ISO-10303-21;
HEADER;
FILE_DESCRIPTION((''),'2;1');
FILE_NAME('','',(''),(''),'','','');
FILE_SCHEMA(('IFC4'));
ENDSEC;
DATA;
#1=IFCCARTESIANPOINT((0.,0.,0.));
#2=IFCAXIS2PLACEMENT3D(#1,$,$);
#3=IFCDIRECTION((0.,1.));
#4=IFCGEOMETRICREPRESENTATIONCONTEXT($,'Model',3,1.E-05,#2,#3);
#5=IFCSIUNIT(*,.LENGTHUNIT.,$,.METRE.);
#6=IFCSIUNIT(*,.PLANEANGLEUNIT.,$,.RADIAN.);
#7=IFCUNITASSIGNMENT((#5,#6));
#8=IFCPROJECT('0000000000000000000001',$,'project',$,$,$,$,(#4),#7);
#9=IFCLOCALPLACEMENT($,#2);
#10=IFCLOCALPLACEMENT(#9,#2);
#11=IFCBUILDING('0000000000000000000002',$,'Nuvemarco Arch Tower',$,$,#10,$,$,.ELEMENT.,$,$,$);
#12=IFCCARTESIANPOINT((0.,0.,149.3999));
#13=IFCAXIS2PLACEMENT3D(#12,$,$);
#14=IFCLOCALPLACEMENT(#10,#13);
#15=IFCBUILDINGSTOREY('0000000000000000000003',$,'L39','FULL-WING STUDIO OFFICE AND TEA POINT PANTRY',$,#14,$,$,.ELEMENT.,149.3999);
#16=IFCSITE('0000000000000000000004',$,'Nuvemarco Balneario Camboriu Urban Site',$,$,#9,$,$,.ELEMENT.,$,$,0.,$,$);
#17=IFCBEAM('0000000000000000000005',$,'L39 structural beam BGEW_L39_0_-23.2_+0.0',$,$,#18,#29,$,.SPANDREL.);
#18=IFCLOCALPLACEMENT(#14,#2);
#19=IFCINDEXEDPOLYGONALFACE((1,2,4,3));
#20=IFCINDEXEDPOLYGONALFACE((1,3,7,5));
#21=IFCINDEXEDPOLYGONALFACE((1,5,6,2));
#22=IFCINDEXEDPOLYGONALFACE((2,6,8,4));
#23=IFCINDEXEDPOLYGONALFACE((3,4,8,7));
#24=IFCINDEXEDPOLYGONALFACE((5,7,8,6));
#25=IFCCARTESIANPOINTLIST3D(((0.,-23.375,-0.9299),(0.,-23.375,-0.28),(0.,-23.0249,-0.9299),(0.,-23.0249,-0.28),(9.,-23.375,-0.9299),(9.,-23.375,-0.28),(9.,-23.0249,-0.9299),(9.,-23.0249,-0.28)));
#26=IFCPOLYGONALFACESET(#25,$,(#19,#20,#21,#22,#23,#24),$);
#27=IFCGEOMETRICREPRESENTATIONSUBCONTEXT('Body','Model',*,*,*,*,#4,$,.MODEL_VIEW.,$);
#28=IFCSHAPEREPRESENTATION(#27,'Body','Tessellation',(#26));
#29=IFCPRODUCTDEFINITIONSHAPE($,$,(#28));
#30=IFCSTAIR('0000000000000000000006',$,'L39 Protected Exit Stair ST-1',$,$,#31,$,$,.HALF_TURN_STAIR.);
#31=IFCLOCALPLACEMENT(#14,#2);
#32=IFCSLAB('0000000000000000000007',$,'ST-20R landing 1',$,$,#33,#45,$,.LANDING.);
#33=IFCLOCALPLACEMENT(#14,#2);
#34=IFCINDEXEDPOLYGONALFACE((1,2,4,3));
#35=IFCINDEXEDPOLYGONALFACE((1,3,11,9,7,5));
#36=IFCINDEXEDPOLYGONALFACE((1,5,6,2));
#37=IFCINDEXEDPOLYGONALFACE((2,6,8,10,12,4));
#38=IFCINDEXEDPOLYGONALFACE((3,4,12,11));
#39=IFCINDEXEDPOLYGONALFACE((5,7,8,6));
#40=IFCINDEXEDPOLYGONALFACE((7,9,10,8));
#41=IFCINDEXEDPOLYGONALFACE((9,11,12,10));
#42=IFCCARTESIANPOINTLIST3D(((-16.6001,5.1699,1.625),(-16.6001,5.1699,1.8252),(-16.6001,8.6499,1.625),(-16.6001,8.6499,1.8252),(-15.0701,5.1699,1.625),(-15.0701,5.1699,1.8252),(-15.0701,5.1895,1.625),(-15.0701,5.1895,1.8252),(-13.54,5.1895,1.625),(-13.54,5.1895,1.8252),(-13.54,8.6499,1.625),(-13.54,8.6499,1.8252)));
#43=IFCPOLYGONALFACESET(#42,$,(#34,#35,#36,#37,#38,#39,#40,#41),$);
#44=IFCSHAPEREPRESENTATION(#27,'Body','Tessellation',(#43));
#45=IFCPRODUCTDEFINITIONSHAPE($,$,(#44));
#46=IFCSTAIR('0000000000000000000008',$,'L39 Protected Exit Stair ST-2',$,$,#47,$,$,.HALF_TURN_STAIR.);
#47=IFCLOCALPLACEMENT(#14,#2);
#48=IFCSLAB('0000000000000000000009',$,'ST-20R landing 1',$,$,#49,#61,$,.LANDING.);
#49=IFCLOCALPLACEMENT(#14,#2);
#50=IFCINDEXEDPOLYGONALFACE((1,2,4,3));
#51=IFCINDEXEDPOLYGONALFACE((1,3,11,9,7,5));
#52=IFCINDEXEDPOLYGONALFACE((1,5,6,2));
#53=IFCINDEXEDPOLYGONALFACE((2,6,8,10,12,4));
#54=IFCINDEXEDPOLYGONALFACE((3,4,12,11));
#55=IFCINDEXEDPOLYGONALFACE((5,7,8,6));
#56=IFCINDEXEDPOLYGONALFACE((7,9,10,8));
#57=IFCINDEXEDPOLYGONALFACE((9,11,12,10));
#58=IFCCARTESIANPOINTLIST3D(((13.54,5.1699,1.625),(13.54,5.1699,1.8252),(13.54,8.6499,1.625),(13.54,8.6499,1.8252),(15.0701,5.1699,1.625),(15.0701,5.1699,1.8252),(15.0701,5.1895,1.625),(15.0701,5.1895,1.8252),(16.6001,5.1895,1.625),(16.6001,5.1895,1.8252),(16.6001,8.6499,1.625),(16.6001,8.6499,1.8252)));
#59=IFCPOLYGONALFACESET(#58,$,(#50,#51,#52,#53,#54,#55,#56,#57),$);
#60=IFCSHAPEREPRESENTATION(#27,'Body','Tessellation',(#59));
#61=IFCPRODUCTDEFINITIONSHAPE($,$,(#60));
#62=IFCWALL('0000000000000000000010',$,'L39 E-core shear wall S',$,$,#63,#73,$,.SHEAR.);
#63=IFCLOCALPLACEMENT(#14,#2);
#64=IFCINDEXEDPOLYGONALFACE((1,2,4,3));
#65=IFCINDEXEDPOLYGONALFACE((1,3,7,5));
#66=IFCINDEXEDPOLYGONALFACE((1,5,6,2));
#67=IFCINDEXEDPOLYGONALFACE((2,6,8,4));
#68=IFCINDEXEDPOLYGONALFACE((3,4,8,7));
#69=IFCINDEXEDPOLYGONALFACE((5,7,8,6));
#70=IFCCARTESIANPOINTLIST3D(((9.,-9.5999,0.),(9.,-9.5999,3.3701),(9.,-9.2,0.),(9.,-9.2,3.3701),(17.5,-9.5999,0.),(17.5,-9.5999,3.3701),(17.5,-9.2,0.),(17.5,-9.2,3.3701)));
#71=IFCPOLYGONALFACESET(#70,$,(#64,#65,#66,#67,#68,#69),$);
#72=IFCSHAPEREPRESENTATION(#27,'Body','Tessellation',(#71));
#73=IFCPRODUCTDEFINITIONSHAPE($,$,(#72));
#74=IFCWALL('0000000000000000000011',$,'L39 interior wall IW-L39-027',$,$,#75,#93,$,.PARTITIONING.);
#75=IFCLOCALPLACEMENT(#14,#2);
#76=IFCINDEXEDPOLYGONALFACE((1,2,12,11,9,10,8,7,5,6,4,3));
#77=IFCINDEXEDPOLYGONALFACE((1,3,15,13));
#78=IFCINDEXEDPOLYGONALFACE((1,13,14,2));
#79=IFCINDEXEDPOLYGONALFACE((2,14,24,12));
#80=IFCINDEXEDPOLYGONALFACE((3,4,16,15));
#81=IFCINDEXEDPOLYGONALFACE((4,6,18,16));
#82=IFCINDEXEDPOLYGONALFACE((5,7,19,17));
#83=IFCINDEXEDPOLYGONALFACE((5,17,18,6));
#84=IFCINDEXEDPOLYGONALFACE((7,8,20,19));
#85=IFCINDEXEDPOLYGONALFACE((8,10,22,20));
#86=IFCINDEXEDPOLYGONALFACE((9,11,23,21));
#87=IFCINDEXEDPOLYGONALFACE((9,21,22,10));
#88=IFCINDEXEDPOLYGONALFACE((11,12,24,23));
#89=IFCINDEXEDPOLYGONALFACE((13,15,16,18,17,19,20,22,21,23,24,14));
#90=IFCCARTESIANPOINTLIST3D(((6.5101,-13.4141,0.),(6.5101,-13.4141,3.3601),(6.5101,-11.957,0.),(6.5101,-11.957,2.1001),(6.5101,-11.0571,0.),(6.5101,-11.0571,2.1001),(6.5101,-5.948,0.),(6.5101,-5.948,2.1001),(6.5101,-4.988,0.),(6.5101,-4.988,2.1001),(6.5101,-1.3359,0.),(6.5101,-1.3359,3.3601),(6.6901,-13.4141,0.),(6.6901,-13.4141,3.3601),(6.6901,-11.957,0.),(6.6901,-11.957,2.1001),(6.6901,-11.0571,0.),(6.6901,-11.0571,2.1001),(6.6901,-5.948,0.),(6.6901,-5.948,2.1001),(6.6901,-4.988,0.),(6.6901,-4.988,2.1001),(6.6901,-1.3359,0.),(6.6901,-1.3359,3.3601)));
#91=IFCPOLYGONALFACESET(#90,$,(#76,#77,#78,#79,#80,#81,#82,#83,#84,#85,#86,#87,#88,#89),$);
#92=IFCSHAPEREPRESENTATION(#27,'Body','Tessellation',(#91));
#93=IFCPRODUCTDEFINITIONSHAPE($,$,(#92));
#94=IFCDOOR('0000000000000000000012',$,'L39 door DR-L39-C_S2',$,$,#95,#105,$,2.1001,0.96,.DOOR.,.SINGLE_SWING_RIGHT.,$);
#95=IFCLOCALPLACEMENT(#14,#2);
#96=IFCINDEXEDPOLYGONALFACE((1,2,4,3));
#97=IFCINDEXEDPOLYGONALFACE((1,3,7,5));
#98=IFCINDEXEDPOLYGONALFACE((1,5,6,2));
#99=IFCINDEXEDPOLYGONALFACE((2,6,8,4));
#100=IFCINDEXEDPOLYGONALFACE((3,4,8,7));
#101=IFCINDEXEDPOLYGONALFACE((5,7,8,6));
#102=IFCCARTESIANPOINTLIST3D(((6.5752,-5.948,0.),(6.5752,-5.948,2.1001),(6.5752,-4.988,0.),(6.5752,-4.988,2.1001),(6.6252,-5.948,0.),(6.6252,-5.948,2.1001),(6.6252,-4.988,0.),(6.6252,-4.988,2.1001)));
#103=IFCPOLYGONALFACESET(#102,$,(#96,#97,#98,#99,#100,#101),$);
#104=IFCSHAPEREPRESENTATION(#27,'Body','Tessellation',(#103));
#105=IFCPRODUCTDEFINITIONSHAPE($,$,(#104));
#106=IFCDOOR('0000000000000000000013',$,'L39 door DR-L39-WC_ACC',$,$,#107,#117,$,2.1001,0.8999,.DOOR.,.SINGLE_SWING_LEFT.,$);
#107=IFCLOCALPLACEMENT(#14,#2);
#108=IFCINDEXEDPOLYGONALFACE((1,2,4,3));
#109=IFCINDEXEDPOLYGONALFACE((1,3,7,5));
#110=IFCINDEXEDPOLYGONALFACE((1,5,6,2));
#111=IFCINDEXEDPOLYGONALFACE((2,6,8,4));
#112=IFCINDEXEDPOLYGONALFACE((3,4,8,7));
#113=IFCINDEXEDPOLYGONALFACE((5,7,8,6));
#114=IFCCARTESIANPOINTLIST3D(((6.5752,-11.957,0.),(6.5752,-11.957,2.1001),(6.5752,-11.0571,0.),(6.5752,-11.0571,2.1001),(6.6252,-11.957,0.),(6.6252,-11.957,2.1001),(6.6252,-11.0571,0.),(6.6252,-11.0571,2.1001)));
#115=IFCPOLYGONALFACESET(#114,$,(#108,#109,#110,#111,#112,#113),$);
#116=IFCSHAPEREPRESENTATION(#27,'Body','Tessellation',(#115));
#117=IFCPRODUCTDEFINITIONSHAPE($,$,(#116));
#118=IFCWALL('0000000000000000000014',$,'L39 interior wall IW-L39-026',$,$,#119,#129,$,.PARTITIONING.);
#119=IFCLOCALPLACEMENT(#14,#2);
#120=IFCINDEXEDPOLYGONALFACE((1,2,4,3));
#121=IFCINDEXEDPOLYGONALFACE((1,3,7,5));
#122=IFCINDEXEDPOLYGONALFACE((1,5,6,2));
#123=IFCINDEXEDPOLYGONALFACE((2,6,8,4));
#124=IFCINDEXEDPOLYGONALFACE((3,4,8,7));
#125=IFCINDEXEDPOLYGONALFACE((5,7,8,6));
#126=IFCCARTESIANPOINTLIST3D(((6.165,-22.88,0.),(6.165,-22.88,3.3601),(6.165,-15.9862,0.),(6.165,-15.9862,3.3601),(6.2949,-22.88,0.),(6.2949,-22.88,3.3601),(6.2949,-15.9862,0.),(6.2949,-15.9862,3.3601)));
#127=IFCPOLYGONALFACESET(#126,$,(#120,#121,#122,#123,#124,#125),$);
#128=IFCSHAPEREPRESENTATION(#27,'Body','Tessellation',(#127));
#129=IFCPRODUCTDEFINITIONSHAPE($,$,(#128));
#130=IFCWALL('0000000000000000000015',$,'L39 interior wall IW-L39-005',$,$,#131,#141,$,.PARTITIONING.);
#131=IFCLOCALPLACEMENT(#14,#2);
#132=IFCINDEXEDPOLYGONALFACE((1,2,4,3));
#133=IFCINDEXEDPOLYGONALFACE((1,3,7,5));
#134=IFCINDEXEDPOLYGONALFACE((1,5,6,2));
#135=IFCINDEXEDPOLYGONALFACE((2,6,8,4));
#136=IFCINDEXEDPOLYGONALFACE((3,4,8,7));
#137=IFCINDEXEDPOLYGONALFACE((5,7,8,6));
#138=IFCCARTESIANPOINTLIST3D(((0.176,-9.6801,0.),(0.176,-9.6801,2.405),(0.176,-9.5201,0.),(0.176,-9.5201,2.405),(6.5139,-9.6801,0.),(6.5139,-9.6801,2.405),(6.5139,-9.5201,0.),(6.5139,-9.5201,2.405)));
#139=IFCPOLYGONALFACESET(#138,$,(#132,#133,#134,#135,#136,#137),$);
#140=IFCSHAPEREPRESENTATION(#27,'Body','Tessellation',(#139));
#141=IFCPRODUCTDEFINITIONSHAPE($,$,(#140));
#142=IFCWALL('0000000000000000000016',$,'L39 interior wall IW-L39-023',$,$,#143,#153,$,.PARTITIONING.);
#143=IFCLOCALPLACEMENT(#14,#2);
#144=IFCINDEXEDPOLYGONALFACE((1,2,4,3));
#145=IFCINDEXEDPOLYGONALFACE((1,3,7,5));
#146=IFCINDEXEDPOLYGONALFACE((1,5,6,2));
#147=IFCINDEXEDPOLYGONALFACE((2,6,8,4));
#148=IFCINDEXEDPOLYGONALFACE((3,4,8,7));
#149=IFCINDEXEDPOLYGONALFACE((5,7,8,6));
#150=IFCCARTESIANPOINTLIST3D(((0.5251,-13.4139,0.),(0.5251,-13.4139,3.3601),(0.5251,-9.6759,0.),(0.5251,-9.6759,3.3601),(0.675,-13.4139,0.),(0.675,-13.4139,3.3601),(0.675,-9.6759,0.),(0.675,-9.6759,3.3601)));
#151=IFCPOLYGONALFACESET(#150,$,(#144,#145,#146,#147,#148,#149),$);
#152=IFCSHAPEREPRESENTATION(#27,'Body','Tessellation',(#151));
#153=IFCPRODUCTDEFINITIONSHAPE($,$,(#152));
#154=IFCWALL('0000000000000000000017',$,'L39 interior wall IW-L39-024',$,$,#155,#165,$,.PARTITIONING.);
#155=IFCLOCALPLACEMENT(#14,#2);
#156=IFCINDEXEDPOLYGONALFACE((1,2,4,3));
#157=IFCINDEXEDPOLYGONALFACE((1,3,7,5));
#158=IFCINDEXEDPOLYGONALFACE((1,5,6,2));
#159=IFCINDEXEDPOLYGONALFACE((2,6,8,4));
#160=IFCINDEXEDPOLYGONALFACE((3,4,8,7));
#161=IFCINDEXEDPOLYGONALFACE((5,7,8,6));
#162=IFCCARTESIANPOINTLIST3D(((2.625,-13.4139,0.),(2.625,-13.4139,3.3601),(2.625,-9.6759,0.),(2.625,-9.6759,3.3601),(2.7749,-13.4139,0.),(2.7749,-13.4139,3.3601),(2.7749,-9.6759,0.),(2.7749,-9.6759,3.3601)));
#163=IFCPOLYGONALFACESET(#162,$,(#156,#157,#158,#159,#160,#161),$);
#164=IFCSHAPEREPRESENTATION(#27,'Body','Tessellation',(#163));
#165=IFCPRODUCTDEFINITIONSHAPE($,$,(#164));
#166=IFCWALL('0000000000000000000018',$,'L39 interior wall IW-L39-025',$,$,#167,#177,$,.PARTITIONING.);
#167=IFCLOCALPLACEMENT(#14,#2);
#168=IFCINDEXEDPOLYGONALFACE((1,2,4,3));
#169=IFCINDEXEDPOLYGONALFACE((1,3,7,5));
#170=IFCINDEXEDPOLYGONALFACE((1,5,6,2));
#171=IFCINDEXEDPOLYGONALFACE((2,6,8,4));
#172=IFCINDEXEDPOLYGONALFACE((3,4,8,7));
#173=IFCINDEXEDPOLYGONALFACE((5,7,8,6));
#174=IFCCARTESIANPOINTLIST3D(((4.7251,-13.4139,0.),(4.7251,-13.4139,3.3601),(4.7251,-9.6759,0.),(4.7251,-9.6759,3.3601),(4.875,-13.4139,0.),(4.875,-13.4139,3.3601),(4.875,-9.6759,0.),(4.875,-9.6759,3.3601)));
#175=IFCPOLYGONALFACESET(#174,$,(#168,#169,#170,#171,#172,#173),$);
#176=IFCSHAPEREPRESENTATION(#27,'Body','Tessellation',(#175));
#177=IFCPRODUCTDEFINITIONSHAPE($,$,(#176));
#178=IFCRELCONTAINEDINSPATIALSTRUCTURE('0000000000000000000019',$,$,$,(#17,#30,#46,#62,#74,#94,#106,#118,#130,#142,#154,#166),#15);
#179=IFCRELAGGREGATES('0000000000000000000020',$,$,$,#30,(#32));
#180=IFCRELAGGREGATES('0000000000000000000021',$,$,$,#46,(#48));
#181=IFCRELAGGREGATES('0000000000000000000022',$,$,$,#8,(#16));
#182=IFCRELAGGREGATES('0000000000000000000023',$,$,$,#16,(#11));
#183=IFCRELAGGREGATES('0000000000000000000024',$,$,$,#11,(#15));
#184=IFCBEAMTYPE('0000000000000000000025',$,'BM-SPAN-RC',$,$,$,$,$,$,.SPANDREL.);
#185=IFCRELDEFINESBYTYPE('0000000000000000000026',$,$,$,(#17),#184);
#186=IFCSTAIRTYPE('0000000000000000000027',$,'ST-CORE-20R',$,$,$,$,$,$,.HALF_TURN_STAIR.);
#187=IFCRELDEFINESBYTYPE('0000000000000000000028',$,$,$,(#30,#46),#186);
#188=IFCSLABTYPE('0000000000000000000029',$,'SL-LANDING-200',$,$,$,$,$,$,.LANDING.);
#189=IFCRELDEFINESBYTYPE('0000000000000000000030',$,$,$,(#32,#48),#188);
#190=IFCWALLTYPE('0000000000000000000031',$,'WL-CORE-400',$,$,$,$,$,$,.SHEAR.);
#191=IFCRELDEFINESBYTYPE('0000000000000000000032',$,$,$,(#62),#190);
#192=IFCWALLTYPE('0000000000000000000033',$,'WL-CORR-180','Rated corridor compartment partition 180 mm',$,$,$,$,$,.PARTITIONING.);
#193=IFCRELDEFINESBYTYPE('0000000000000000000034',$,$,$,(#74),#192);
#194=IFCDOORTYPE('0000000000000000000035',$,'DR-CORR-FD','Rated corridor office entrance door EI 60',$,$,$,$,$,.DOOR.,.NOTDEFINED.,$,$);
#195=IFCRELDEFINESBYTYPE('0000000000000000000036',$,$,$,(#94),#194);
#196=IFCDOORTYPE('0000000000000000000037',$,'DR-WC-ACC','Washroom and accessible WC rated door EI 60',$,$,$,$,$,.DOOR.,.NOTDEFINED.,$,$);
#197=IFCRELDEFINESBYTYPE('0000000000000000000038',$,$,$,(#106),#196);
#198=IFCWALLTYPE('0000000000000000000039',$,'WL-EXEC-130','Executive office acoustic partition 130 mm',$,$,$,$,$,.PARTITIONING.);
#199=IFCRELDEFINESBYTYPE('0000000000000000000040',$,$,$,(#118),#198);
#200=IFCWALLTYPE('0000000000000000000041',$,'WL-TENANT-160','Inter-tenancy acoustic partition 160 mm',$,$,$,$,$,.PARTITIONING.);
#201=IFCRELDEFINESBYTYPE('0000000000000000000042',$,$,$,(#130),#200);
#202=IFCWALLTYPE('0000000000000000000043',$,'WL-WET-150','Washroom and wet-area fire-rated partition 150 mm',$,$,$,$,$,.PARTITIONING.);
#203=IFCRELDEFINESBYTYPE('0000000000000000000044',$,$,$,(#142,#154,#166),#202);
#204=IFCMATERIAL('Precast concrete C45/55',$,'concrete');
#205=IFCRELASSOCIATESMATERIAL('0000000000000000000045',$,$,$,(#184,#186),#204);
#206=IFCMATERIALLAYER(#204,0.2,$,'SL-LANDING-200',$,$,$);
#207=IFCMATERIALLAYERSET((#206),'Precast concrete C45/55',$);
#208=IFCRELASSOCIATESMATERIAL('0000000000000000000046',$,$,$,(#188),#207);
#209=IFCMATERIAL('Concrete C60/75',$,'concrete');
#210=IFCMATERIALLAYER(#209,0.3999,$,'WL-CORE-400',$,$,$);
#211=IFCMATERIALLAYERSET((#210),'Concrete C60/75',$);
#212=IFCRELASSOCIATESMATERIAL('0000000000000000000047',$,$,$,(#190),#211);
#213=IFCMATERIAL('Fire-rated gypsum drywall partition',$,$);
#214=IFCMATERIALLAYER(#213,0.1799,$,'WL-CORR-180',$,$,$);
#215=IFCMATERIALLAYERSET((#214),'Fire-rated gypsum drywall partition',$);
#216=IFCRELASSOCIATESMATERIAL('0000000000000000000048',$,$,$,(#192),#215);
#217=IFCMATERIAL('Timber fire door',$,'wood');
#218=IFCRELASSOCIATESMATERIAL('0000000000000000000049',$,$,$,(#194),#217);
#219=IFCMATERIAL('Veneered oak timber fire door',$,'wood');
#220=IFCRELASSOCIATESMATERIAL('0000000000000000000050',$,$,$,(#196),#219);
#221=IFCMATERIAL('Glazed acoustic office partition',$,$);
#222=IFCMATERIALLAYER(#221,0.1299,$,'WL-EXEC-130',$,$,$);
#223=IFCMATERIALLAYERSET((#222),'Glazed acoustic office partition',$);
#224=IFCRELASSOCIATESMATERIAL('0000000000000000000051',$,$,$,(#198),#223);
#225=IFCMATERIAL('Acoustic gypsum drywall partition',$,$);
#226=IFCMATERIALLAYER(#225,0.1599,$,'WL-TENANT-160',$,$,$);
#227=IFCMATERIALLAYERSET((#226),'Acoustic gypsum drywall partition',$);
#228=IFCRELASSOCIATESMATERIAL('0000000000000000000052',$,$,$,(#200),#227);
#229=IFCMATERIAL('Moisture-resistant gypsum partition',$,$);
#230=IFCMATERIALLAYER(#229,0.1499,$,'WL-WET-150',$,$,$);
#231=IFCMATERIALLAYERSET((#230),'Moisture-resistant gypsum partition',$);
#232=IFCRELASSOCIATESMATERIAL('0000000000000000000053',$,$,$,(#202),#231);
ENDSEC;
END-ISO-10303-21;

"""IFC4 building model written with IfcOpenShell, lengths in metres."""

from ifc_helpers import new_model, si_unit, direction, frame, frame_2d, origin, origin_2d, place, context, subcontext, project, spatial, polyline, rectangle, outline, extrude, source, transform, mapped, material, layer, layer_set, material_profile, profile_set, type_object, type_shapes, element, fill, aggregate, save


model = new_model("IFC4")

# Units and contexts
model_context = context("Model", 3, precision=1e-05, world=origin(), true_north=direction((0.0, 1.0)))
body_context = subcontext(model_context, "Body", "Model", "MODEL_VIEW")
ifc_project = project(units=[si_unit("LENGTHUNIT", "METRE"), si_unit("PLANEANGLEUNIT", "RADIAN")], contexts=[model_context])

# Site, building, storey
site_placement = place(None, origin())
site = spatial("IfcSite", under=ifc_project, at=site_placement, Name="Nuvemarco Balneario Camboriu Urban Site", CompositionType="ELEMENT", RefElevation=0.0)
building_placement = place(site_placement, origin())
building = spatial("IfcBuilding", under=site, at=building_placement, Name="Nuvemarco Arch Tower", CompositionType="ELEMENT")
storey_placement = place(building_placement, frame((0.0, 0.0, 149.3999)))
storey = spatial("IfcBuildingStorey", under=building, at=storey_placement, Name="L39", Description="FULL-WING STUDIO OFFICE AND TEA POINT PANTRY", CompositionType="ELEMENT", Elevation=149.3999)

# Beam
ifc_material_1 = material(Name="Concrete C60/75", Category="concrete")
ifc_material_2 = material(Name="Precast concrete C45/55", Category="concrete")
ifc_material_profile_1 = material_profile(ifc_material_2, rectangle(XDim=0.3501, YDim=0.6499, at=origin_2d()), Name="PC-SP-350x650")
ifc_profile_set_1 = profile_set([ifc_material_profile_1], Name="Precast concrete C45/55")
beam_type_1 = type_object("IfcBeamType", Name="BM-SPAN-RC", PredefinedType="SPANDREL", material=ifc_profile_set_1)
beam_1_placement = place(storey_placement, frame((0.0, -23.2, -0.605), z_axis=(1.0, 0.0, 0.0), x_axis=(0.0, 1.0, 0.0)))
element("IfcBeam", 1, at=beam_1_placement, inside=storey, type_object=beam_type_1, Name="L39 structural beam BGEW_L39_0_-23.2_+0.0", PredefinedType="SPANDREL", context=body_context, shape_type="SweptSolid", body=[
    extrude(rectangle(XDim=0.3501, YDim=0.6499, at=origin_2d()), origin(), (0.0, 0.0, 1.0), 9.0),
])

# Stairs, slabs
stair_type = type_object("IfcStairType", Name="ST-CORE-20R", PredefinedType="HALF_TURN_STAIR", material=ifc_material_2)
stair_1_placement = place(storey_placement, origin())
stair_1 = element("IfcStair", 2, at=stair_1_placement, inside=storey, type_object=stair_type, Name="L39 Protected Exit Stair ST-1", PredefinedType="HALF_TURN_STAIR")
ifc_layer_1 = layer(ifc_material_2, 0.2, Name="SL-LANDING-200")
ifc_layer_set_1 = layer_set([ifc_layer_1], Name="Precast concrete C45/55")
slab_type = type_object("IfcSlabType", Name="SL-LANDING-200", PredefinedType="LANDING", material=ifc_layer_set_1)
slab_1_placement = place(storey_placement, frame((0.0, 0.0, 1.625)))
slab_1 = element("IfcSlab", 3, at=slab_1_placement, type_object=slab_type, Name="ST-20R landing 1", PredefinedType="LANDING", context=body_context, shape_type="SweptSolid", body=[
    extrude(outline(polyline([(-13.54, 5.1895), (-13.54, 8.6499), (-16.6001, 8.6499), (-16.6001, 5.1699), (-15.0701, 5.1699), (-15.0701, 5.1895), (-13.54, 5.1895)])), origin(), (0.0, 0.0, 1.0), 0.2002),
])
aggregate(stair_1, [slab_1])
stair_2_placement = place(storey_placement, origin())
stair_2 = element("IfcStair", 4, at=stair_2_placement, inside=storey, type_object=stair_type, Name="L39 Protected Exit Stair ST-2", PredefinedType="HALF_TURN_STAIR")
slab_2_placement = place(storey_placement, frame((0.0, 0.0, 1.625)))
slab_2 = element("IfcSlab", 5, at=slab_2_placement, type_object=slab_type, Name="ST-20R landing 1", PredefinedType="LANDING", context=body_context, shape_type="SweptSolid", body=[
    extrude(outline(polyline([(16.6001, 5.1895), (16.6001, 8.6499), (13.54, 8.6499), (13.54, 5.1699), (15.0701, 5.1699), (15.0701, 5.1895), (16.6001, 5.1895)])), origin(), (0.0, 0.0, 1.0), 0.2002),
])
aggregate(stair_2, [slab_2])

# Wall
ifc_layer_2 = layer(ifc_material_1, 0.3999, Name="WL-CORE-400")
ifc_layer_set_2 = layer_set([ifc_layer_2], Name="Concrete C60/75")
wall_type_1 = type_object("IfcWallType", Name="WL-CORE-400", PredefinedType="SHEAR", material=ifc_layer_set_2)
wall_1_placement = place(storey_placement, frame((9.0, -9.3999, 0.0), z_axis=(0.0, 0.0, 1.0), x_axis=(1.0, 0.0, 0.0)))
element("IfcWall", 6, at=wall_1_placement, inside=storey, type_object=wall_type_1, Name="L39 E-core shear wall S", PredefinedType="SHEAR", context=body_context, shape_type="SweptSolid", body=[
    extrude(rectangle(XDim=8.5, YDim=0.3999, at=frame_2d((4.25, 0.0))), origin(), (0.0, 0.0, 1.0), 3.3701),
])

# Wall, openings, doors
ifc_material_3 = material(Name="Fire-rated gypsum drywall partition")
ifc_layer_3 = layer(ifc_material_3, 0.1799, Name="WL-CORR-180")
ifc_layer_set_3 = layer_set([ifc_layer_3], Name="Fire-rated gypsum drywall partition")
wall_type_2 = type_object("IfcWallType", Name="WL-CORR-180", Description="Rated corridor compartment partition 180 mm", PredefinedType="PARTITIONING", material=ifc_layer_set_3)
wall_2_placement = place(storey_placement, frame((6.6001, -13.4141, 0.0), z_axis=(0.0, 0.0, 1.0), x_axis=(0.0, 1.0, 0.0)))
wall_2 = element("IfcWall", 7, at=wall_2_placement, inside=storey, type_object=wall_type_2, Name="L39 interior wall IW-L39-027", PredefinedType="PARTITIONING", context=body_context, shape_type="SweptSolid", body=[
    extrude(rectangle(XDim=12.0781, YDim=0.1799, at=frame_2d((6.0391, 0.0))), origin(), (0.0, 0.0, 1.0), 3.3601),
])
opening_1_placement = place(wall_2_placement, frame((7.4661, 0.0, 0.0)))
opening_1 = element("IfcOpeningElement", 8, at=opening_1_placement, cuts=wall_2, PredefinedType="OPENING", context=body_context, shape_type="SweptSolid", body=[
    extrude(rectangle(XDim=0.96, YDim=2.1001, at=frame_2d((0.48, 1.05))), frame((0.0, 0.0999, 0.0), z_axis=(0.0, -1.0, 0.0), x_axis=(1.0, 0.0, 0.0)), (0.0, 0.0, 1.0), 0.2),
])
opening_2_placement = place(wall_2_placement, frame((1.457, 0.0, 0.0)))
opening_2 = element("IfcOpeningElement", 9, at=opening_2_placement, cuts=wall_2, PredefinedType="OPENING", context=body_context, shape_type="SweptSolid", body=[
    extrude(rectangle(XDim=0.8999, YDim=2.1001, at=frame_2d((0.45, 1.05))), frame((0.0, 0.0999, 0.0), z_axis=(0.0, -1.0, 0.0), x_axis=(1.0, 0.0, 0.0)), (0.0, 0.0, 1.0), 0.2),
])
ifc_material_4 = material(Name="Timber fire door", Category="wood")
door_type_1 = type_object("IfcDoorType", Name="DR-CORR-FD", Description="Rated corridor office entrance door EI 60", OperationType="NOTDEFINED", PredefinedType="DOOR", material=ifc_material_4)
shared_shape_1 = source(origin(), body_context, "Body", "SweptSolid", [
    extrude(rectangle(XDim=0.96, YDim=2.1001, at=frame_2d((0.48, 1.05))), frame((0.0, 0.0249, 0.0), z_axis=(0.0, -1.0, 0.0), x_axis=(1.0, 0.0, 0.0)), (0.0, 0.0, 1.0), 0.05),
])
type_shapes(door_type_1, [shared_shape_1])
door_1_placement = place(opening_1_placement, origin())
door_1 = element("IfcDoor", 10, at=door_1_placement, inside=storey, type_object=door_type_1, Name="L39 door DR-L39-C_S2", OperationType="SINGLE_SWING_RIGHT", OverallHeight=2.1001, OverallWidth=0.96, PredefinedType="DOOR", context=body_context, shape_type="MappedRepresentation", body=[
    mapped(shared_shape_1, transform((0.0, 0.0, 0.0), scale=1.0)),
])
fill(opening_1, door_1)
ifc_material_5 = material(Name="Veneered oak timber fire door", Category="wood")
door_type_2 = type_object("IfcDoorType", Name="DR-WC-ACC", Description="Washroom and accessible WC rated door EI 60", OperationType="NOTDEFINED", PredefinedType="DOOR", material=ifc_material_5)
shared_shape_2 = source(origin(), body_context, "Body", "SweptSolid", [
    extrude(rectangle(XDim=0.8999, YDim=2.1001, at=frame_2d((0.45, 1.05))), frame((0.0, 0.0249, 0.0), z_axis=(0.0, -1.0, 0.0), x_axis=(1.0, 0.0, 0.0)), (0.0, 0.0, 1.0), 0.05),
])
type_shapes(door_type_2, [shared_shape_2])
door_2_placement = place(opening_2_placement, origin())
door_2 = element("IfcDoor", 11, at=door_2_placement, inside=storey, type_object=door_type_2, Name="L39 door DR-L39-WC_ACC", OperationType="SINGLE_SWING_LEFT", OverallHeight=2.1001, OverallWidth=0.8999, PredefinedType="DOOR", context=body_context, shape_type="MappedRepresentation", body=[
    mapped(shared_shape_2, transform((0.0, 0.0, 0.0), scale=1.0)),
])
fill(opening_2, door_2)

# Walls
ifc_material_6 = material(Name="Glazed acoustic office partition")
ifc_layer_4 = layer(ifc_material_6, 0.1299, Name="WL-EXEC-130")
ifc_layer_set_4 = layer_set([ifc_layer_4], Name="Glazed acoustic office partition")
wall_type_3 = type_object("IfcWallType", Name="WL-EXEC-130", Description="Executive office acoustic partition 130 mm", PredefinedType="PARTITIONING", material=ifc_layer_set_4)
wall_3_placement = place(storey_placement, frame((6.23, -22.8799, 0.0), z_axis=(0.0, 0.0, 1.0), x_axis=(0.0, 1.0, 0.0)))
element("IfcWall", 12, at=wall_3_placement, inside=storey, type_object=wall_type_3, Name="L39 interior wall IW-L39-026", PredefinedType="PARTITIONING", context=body_context, shape_type="SweptSolid", body=[
    extrude(rectangle(XDim=6.8938, YDim=0.1299, at=frame_2d((3.4468, 0.0))), origin(), (0.0, 0.0, 1.0), 3.3601),
])
ifc_material_7 = material(Name="Acoustic gypsum drywall partition")
ifc_layer_5 = layer(ifc_material_7, 0.1599, Name="WL-TENANT-160")
ifc_layer_set_5 = layer_set([ifc_layer_5], Name="Acoustic gypsum drywall partition")
wall_type_4 = type_object("IfcWallType", Name="WL-TENANT-160", Description="Inter-tenancy acoustic partition 160 mm", PredefinedType="PARTITIONING", material=ifc_layer_set_5)
wall_4_placement = place(storey_placement, frame((0.176, -9.6001, 0.0), z_axis=(0.0, 0.0, 1.0), x_axis=(1.0, 0.0, 0.0)))
element("IfcWall", 13, at=wall_4_placement, inside=storey, type_object=wall_type_4, Name="L39 interior wall IW-L39-005", PredefinedType="PARTITIONING", context=body_context, shape_type="SweptSolid", body=[
    extrude(rectangle(XDim=6.3379, YDim=0.1599, at=frame_2d((3.1689, 0.0))), origin(), (0.0, 0.0, 1.0), 2.405),
])
ifc_material_8 = material(Name="Moisture-resistant gypsum partition")
ifc_layer_6 = layer(ifc_material_8, 0.1499, Name="WL-WET-150")
ifc_layer_set_6 = layer_set([ifc_layer_6], Name="Moisture-resistant gypsum partition")
wall_type_5 = type_object("IfcWallType", Name="WL-WET-150", Description="Washroom and wet-area fire-rated partition 150 mm", PredefinedType="PARTITIONING", material=ifc_layer_set_6)
for number, where, z_axis, x_axis, name in (
    (14, (0.6001, -13.4141, 0.0), (0.0, 0.0, 1.0), (0.0, 1.0, 0.0), "L39 interior wall IW-L39-023"),
    (15, (2.7, -13.4141, 0.0), (0.0, 0.0, 1.0), (0.0, 1.0, 0.0), "L39 interior wall IW-L39-024"),
    (16, (4.8, -13.4141, 0.0), (0.0, 0.0, 1.0), (0.0, 1.0, 0.0), "L39 interior wall IW-L39-025"),
):
    element("IfcWall", number, at=place(storey_placement, frame(where, z_axis=z_axis, x_axis=x_axis)), inside=storey, type_object=wall_type_5, Name=name, PredefinedType="PARTITIONING", context=body_context, shape_type="SweptSolid", body=[
        extrude(rectangle(XDim=3.738, YDim=0.1499, at=frame_2d((1.8691, 0.0))), origin(), (0.0, 0.0, 1.0), 3.3601),
    ])

save(model, "model.ifc")
